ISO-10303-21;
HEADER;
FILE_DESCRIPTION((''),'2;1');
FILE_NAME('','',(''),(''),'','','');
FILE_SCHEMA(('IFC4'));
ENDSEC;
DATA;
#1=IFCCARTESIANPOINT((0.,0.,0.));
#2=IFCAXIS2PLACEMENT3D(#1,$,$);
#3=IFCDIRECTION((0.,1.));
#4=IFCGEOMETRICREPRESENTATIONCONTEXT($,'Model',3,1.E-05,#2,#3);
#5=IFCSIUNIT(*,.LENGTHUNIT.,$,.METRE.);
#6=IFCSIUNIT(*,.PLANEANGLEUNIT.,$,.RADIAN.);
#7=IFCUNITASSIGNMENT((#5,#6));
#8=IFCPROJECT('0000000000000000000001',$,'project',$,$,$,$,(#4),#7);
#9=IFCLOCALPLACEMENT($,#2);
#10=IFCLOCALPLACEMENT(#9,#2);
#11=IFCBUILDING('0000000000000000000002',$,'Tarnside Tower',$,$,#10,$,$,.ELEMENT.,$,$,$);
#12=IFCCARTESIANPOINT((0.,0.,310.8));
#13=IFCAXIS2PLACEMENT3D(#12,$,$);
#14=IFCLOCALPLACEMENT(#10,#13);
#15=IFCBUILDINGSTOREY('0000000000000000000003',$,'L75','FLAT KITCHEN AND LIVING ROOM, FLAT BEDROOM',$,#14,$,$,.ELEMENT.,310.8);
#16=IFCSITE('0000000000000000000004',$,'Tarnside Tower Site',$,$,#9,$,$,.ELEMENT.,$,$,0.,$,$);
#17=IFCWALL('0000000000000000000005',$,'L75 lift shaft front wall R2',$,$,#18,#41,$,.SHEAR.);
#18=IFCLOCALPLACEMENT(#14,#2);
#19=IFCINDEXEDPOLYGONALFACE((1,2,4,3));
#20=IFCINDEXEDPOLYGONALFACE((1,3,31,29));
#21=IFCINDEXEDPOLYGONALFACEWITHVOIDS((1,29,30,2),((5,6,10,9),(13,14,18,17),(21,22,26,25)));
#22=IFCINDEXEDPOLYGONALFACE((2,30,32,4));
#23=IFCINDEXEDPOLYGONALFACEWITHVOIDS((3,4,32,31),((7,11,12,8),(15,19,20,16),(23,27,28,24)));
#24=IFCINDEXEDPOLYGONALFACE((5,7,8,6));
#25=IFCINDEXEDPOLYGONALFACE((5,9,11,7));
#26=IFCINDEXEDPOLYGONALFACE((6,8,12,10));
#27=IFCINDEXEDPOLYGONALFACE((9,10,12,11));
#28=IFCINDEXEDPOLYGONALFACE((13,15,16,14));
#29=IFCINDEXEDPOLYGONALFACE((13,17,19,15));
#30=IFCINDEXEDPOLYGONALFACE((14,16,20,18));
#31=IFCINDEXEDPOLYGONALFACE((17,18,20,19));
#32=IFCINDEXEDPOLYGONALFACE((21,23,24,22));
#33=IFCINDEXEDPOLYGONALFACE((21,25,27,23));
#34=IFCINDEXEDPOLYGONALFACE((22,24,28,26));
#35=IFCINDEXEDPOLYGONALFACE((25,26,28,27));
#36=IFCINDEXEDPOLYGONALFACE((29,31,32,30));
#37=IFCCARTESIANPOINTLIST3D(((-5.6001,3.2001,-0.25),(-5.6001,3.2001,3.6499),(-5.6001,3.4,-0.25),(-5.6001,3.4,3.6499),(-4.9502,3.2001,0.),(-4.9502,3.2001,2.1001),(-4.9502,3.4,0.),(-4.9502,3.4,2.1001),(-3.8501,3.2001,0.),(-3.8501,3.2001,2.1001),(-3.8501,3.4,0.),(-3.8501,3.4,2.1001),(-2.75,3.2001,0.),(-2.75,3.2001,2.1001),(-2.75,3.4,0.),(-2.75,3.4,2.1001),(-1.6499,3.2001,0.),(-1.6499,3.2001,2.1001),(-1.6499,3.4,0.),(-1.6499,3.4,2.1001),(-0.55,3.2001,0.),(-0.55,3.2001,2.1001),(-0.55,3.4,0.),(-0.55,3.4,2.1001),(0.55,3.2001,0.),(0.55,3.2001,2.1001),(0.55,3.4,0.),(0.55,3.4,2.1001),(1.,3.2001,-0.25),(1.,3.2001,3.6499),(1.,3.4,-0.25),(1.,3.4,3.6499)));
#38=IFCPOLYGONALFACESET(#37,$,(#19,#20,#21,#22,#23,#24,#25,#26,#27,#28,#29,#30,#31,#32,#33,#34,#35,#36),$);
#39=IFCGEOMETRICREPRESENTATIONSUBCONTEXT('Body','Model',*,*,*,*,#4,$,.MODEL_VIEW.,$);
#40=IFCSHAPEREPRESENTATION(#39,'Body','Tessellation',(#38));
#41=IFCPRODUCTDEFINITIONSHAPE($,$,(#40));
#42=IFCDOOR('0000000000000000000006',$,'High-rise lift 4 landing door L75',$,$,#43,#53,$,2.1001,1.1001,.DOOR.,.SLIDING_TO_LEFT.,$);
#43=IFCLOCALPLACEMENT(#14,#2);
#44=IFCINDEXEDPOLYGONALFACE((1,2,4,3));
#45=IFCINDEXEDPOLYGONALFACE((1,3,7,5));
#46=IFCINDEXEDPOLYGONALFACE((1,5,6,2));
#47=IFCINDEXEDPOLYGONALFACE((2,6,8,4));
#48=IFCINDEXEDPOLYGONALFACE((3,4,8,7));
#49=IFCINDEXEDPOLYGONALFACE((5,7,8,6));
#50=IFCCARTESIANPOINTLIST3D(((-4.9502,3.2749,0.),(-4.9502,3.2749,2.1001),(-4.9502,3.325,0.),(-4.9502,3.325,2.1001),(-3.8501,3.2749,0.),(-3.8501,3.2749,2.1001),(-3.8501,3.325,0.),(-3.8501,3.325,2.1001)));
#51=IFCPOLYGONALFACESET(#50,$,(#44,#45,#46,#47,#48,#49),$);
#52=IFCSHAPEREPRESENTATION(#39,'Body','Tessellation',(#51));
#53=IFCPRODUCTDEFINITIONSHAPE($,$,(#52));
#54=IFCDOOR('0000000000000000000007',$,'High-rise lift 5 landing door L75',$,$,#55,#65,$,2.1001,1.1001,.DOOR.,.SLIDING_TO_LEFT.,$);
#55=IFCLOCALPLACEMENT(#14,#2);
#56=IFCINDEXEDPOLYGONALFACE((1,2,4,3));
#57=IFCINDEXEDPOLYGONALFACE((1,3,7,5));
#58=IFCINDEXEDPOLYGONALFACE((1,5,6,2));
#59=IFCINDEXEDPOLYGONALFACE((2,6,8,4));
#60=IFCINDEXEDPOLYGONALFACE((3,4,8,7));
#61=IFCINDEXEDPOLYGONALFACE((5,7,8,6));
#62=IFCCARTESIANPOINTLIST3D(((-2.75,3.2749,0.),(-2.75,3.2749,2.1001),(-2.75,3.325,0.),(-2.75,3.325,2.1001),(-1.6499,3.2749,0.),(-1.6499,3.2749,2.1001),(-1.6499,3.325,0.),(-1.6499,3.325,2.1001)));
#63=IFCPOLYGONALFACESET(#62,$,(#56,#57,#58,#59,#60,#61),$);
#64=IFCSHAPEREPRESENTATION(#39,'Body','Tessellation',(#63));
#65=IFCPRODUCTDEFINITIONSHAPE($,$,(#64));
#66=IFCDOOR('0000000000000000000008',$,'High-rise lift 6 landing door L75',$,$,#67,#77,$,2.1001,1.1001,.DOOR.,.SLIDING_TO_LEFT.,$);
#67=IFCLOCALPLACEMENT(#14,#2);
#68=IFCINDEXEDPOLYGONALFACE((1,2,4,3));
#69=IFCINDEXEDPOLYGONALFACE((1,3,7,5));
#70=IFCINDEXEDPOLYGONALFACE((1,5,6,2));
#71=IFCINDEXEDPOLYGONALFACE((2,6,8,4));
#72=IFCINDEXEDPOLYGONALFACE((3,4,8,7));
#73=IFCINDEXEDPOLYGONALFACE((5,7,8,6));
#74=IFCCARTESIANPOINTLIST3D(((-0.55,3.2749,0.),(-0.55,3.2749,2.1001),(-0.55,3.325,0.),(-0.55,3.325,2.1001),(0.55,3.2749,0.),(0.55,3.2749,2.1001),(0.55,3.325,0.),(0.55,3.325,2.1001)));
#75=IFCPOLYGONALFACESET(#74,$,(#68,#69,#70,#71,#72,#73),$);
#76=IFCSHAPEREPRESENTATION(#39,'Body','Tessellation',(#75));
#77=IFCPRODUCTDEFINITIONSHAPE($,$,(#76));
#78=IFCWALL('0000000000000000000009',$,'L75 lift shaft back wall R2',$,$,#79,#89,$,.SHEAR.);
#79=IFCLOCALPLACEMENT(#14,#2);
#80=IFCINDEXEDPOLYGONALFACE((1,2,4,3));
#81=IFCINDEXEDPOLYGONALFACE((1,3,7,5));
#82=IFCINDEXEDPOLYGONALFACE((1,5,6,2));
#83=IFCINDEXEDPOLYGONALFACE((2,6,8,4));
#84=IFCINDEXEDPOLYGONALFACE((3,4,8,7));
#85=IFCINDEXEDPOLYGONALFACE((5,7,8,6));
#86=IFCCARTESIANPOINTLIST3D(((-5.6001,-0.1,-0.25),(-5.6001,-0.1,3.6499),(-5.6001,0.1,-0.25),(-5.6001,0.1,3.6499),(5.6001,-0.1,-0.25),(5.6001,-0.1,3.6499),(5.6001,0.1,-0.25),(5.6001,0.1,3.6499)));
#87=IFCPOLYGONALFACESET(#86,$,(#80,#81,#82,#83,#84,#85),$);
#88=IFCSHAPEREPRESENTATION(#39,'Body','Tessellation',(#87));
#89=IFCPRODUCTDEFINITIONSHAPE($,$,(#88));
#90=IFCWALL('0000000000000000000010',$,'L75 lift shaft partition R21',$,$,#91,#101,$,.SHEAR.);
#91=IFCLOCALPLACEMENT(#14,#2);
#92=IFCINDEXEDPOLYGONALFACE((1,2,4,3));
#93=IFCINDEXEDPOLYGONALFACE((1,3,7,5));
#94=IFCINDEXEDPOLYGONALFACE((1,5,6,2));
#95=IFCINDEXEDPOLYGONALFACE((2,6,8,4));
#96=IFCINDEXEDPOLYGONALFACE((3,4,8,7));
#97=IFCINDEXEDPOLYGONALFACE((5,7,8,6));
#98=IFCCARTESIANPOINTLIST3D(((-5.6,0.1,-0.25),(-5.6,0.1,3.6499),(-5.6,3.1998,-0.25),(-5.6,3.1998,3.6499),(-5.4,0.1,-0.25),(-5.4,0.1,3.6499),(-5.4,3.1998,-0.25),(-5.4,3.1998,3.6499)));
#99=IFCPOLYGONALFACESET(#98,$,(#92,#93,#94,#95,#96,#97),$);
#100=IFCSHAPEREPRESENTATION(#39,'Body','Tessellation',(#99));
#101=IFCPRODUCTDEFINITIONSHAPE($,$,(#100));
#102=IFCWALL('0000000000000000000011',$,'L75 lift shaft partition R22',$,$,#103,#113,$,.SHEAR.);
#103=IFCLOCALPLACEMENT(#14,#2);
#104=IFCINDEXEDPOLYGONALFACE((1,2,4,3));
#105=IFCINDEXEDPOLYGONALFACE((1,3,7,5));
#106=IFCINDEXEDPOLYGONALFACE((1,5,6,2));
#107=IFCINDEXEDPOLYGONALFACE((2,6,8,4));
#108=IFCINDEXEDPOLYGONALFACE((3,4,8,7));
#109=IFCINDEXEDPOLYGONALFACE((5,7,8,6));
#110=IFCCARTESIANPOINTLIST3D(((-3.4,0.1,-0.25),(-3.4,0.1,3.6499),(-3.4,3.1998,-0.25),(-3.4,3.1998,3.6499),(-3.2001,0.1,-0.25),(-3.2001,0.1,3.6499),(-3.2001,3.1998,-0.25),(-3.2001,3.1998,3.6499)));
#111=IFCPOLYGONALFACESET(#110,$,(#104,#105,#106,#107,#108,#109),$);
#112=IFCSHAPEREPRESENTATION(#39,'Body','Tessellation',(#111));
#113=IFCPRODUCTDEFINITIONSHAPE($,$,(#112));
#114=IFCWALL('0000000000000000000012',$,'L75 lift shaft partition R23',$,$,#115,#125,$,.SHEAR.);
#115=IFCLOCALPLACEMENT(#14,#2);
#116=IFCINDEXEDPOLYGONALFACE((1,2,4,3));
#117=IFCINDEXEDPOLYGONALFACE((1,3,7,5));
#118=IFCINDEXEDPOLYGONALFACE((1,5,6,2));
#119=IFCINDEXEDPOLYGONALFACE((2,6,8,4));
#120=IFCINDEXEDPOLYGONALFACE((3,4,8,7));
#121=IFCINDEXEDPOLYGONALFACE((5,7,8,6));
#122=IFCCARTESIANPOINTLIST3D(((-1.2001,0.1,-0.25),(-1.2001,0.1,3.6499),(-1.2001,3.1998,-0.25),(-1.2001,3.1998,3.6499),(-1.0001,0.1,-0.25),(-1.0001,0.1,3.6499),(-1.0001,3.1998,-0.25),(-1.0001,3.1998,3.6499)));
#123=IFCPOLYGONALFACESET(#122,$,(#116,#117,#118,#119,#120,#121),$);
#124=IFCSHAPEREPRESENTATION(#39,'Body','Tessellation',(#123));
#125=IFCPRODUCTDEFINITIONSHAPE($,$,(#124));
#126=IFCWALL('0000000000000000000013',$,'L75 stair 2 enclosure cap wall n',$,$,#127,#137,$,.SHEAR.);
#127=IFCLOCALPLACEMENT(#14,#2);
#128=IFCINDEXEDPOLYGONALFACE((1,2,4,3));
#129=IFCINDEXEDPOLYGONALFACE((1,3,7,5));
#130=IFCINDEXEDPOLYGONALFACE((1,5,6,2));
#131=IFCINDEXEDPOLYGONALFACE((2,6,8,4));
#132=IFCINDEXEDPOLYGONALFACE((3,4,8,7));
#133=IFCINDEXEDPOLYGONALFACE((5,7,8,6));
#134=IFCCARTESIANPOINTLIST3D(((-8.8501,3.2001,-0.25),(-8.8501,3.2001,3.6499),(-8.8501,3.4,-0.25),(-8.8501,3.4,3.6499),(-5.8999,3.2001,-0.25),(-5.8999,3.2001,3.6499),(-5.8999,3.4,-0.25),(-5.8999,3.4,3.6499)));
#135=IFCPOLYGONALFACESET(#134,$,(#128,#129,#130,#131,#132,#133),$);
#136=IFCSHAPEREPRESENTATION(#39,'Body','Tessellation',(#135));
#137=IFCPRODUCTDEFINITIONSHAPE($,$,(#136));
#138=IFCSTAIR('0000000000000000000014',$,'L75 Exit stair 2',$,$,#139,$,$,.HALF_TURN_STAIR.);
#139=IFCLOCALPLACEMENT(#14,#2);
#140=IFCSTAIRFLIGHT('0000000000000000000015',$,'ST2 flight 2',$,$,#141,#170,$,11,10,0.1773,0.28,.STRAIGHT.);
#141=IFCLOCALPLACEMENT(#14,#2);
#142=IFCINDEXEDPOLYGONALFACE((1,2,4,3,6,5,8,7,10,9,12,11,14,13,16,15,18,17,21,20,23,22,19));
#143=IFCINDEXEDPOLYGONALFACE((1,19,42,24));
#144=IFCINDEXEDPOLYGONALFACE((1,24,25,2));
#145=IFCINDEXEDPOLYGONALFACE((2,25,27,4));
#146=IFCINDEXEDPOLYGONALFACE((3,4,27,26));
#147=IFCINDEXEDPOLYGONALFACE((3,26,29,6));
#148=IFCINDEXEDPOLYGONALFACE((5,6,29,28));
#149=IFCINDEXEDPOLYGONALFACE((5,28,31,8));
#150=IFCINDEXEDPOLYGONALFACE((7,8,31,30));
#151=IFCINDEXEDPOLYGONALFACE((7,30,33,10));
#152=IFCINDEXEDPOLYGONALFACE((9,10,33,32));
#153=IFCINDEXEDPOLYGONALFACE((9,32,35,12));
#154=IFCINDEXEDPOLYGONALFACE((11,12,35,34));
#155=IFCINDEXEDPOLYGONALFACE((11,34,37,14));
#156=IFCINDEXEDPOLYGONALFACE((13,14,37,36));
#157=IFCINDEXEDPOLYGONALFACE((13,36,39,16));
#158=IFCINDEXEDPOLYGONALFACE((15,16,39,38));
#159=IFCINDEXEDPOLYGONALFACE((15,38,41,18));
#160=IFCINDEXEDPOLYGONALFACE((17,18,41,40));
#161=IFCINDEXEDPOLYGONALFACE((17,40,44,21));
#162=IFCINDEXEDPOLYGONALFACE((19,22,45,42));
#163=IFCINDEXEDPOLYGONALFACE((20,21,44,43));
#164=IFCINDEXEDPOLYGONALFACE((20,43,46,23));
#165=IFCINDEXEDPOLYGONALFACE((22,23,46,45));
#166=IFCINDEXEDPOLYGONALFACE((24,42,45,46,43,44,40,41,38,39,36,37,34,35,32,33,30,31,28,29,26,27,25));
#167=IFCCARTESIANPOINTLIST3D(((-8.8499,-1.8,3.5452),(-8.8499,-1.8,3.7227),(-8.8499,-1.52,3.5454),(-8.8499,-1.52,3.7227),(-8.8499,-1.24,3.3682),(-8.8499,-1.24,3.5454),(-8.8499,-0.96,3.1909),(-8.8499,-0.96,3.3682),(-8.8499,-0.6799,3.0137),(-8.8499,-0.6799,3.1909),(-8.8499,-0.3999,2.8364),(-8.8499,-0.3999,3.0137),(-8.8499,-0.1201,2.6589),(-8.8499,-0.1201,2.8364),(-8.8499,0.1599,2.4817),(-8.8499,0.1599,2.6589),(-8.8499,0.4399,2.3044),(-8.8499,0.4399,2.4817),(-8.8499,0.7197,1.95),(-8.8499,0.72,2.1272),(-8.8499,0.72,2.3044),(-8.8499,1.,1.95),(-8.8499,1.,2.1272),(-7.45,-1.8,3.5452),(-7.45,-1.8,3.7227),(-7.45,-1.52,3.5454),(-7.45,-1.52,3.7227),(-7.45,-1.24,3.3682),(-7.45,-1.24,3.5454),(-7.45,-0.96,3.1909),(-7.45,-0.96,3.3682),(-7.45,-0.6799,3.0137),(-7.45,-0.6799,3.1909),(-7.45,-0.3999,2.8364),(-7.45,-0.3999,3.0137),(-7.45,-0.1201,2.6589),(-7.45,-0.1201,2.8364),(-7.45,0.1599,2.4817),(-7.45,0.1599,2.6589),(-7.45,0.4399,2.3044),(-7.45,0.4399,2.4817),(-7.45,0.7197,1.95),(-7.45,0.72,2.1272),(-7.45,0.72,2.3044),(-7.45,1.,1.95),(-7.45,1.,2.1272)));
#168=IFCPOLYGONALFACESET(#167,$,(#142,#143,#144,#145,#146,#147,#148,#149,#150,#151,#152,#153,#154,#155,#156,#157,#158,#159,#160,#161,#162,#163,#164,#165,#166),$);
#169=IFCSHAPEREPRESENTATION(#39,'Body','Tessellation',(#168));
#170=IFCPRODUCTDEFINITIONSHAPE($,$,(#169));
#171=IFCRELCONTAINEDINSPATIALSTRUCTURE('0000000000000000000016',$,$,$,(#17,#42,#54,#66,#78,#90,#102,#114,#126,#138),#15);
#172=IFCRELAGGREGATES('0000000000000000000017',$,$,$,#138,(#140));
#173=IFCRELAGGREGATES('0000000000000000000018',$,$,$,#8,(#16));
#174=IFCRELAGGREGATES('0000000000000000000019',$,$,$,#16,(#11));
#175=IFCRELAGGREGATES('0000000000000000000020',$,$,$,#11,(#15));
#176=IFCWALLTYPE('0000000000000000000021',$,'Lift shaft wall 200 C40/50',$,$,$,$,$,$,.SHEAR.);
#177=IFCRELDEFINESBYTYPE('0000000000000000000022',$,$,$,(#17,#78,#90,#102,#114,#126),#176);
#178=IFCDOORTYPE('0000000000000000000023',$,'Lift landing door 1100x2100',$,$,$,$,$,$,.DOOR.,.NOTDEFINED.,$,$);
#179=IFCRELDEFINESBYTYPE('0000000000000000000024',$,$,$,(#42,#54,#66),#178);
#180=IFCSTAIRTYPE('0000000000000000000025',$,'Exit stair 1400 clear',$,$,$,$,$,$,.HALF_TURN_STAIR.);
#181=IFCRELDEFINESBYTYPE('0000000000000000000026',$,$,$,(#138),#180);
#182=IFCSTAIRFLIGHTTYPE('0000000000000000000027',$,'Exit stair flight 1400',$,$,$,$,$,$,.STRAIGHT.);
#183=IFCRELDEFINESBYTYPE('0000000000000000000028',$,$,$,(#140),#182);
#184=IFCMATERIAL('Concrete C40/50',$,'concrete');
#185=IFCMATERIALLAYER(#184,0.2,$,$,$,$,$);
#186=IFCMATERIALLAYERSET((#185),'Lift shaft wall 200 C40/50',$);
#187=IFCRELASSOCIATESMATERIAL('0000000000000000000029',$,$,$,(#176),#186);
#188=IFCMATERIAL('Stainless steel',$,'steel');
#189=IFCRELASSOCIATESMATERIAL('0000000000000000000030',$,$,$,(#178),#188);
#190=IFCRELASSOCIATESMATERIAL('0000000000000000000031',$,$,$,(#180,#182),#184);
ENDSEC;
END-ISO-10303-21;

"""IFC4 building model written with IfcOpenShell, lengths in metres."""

from ifc_helpers import new_model, si_unit, direction, frame, frame_2d, origin, place, context, subcontext, project, spatial, polyline, rectangle, outline, extrude, material, layer, layer_set, type_object, element, fill, aggregate, save


model = new_model("IFC4")

# Units and contexts
model_context = context("Model", 3, precision=1e-05, world=origin(), true_north=direction((0.0, 1.0)))
body_context = subcontext(model_context, "Body", "Model", "MODEL_VIEW")
ifc_project = project(units=[si_unit("LENGTHUNIT", "METRE"), si_unit("PLANEANGLEUNIT", "RADIAN")], contexts=[model_context])

# Site, building, storey
site_placement = place(None, origin())
site = spatial("IfcSite", under=ifc_project, at=site_placement, Name="Tarnside Tower Site", CompositionType="ELEMENT", RefElevation=0.0)
building_placement = place(site_placement, origin())
building = spatial("IfcBuilding", under=site, at=building_placement, Name="Tarnside Tower", CompositionType="ELEMENT")
storey_placement = place(building_placement, frame((0.0, 0.0, 310.8)))
storey = spatial("IfcBuildingStorey", under=building, at=storey_placement, Name="L75", Description="FLAT KITCHEN AND LIVING ROOM, FLAT BEDROOM", CompositionType="ELEMENT", Elevation=310.8)

# Shared definitions
ifc_material_1 = material(Name="Concrete C40/50", Category="concrete")
ifc_layer_1 = layer(ifc_material_1, 0.2)
ifc_layer_set_1 = layer_set([ifc_layer_1], Name="Lift shaft wall 200 C40/50")
wall_type_1 = type_object("IfcWallType", Name="Lift shaft wall 200 C40/50", PredefinedType="SHEAR", material=ifc_layer_set_1)
ifc_material_2 = material(Name="Stainless steel", Category="steel")
door_type_1 = type_object("IfcDoorType", Name="Lift landing door 1100x2100", OperationType="NOTDEFINED", PredefinedType="DOOR", material=ifc_material_2)

# Wall, openings, doors
wall_1_placement = place(storey_placement, frame((-5.6001, 3.3, -0.25), z_axis=(0.0, 0.0, 1.0), x_axis=(1.0, 0.0, 0.0)))
wall_1 = element("IfcWall", 1, at=wall_1_placement, inside=storey, type_object=wall_type_1, Name="L75 lift shaft front wall R2", PredefinedType="SHEAR", context=body_context, shape_type="SweptSolid", body=[
    extrude(rectangle(XDim=6.6001, YDim=0.2, at=frame_2d((3.3, 0.0))), origin(), (0.0, 0.0, 1.0), 3.8999),
])
opening_1_placement = place(wall_1_placement, frame((0.6499, 0.0, 0.25)))
opening_1 = element("IfcOpeningElement", 2, at=opening_1_placement, cuts=wall_1, PredefinedType="OPENING", context=body_context, shape_type="SweptSolid", body=[
    extrude(rectangle(XDim=1.1001, YDim=2.1001, at=frame_2d((0.55, 1.05))), frame((0.0, 0.1099, 0.0), z_axis=(0.0, -1.0, 0.0), x_axis=(1.0, 0.0, 0.0)), (0.0, 0.0, 1.0), 0.22),
])
opening_2_placement = place(wall_1_placement, frame((2.8501, 0.0, 0.25)))
opening_2 = element("IfcOpeningElement", 3, at=opening_2_placement, cuts=wall_1, PredefinedType="OPENING", context=body_context, shape_type="SweptSolid", body=[
    extrude(rectangle(XDim=1.1001, YDim=2.1001, at=frame_2d((0.55, 1.05))), frame((0.0, 0.1099, 0.0), z_axis=(0.0, -1.0, 0.0), x_axis=(1.0, 0.0, 0.0)), (0.0, 0.0, 1.0), 0.22),
])
opening_3_placement = place(wall_1_placement, frame((5.05, 0.0, 0.25)))
opening_3 = element("IfcOpeningElement", 4, at=opening_3_placement, cuts=wall_1, PredefinedType="OPENING", context=body_context, shape_type="SweptSolid", body=[
    extrude(rectangle(XDim=1.1001, YDim=2.1001, at=frame_2d((0.55, 1.05))), frame((0.0, 0.1099, 0.0), z_axis=(0.0, -1.0, 0.0), x_axis=(1.0, 0.0, 0.0)), (0.0, 0.0, 1.0), 0.22),
])
door_1_placement = place(opening_1_placement, origin())
door_1 = element("IfcDoor", 5, at=door_1_placement, inside=storey, type_object=door_type_1, Name="High-rise lift 4 landing door L75", OperationType="SLIDING_TO_LEFT", OverallHeight=2.1001, OverallWidth=1.1001, PredefinedType="DOOR", context=body_context, shape_type="SweptSolid", body=[
    extrude(rectangle(XDim=1.1001, YDim=2.1001, at=frame_2d((0.55, 1.05))), frame((0.0, 0.0249, 0.0), z_axis=(0.0, -1.0, 0.0), x_axis=(1.0, 0.0, 0.0)), (0.0, 0.0, 1.0), 0.05),
])
fill(opening_1, door_1)
door_2_placement = place(opening_2_placement, origin())
door_2 = element("IfcDoor", 6, at=door_2_placement, inside=storey, type_object=door_type_1, Name="High-rise lift 5 landing door L75", OperationType="SLIDING_TO_LEFT", OverallHeight=2.1001, OverallWidth=1.1001, PredefinedType="DOOR", context=body_context, shape_type="SweptSolid", body=[
    extrude(rectangle(XDim=1.1001, YDim=2.1001, at=frame_2d((0.55, 1.05))), frame((0.0, 0.0249, 0.0), z_axis=(0.0, -1.0, 0.0), x_axis=(1.0, 0.0, 0.0)), (0.0, 0.0, 1.0), 0.05),
])
fill(opening_2, door_2)
door_3_placement = place(opening_3_placement, origin())
door_3 = element("IfcDoor", 7, at=door_3_placement, inside=storey, type_object=door_type_1, Name="High-rise lift 6 landing door L75", OperationType="SLIDING_TO_LEFT", OverallHeight=2.1001, OverallWidth=1.1001, PredefinedType="DOOR", context=body_context, shape_type="SweptSolid", body=[
    extrude(rectangle(XDim=1.1001, YDim=2.1001, at=frame_2d((0.55, 1.05))), frame((0.0, 0.0249, 0.0), z_axis=(0.0, -1.0, 0.0), x_axis=(1.0, 0.0, 0.0)), (0.0, 0.0, 1.0), 0.05),
])
fill(opening_3, door_3)

# Walls
wall_2_placement = place(storey_placement, frame((-5.6001, 0.0, -0.25), z_axis=(0.0, 0.0, 1.0), x_axis=(1.0, 0.0, 0.0)))
element("IfcWall", 8, at=wall_2_placement, inside=storey, type_object=wall_type_1, Name="L75 lift shaft back wall R2", PredefinedType="SHEAR", context=body_context, shape_type="SweptSolid", body=[
    extrude(rectangle(XDim=11.2002, YDim=0.2, at=frame_2d((5.6001, 0.0))), origin(), (0.0, 0.0, 1.0), 3.8999),
])
for number, where, z_axis, x_axis, name in (
    (9, (-5.5, 0.1001, -0.25), (0.0, 0.0, 1.0), (0.0, 1.0, 0.0), "L75 lift shaft partition R21"),
    (10, (-3.3, 0.1001, -0.25), (0.0, 0.0, 1.0), (0.0, 1.0, 0.0), "L75 lift shaft partition R22"),
    (11, (-1.1001, 0.1001, -0.25), (0.0, 0.0, 1.0), (0.0, 1.0, 0.0), "L75 lift shaft partition R23"),
):
    element("IfcWall", number, at=place(storey_placement, frame(where, z_axis=z_axis, x_axis=x_axis)), inside=storey, type_object=wall_type_1, Name=name, PredefinedType="SHEAR", context=body_context, shape_type="SweptSolid", body=[
        extrude(rectangle(XDim=3.0999, YDim=0.2, at=frame_2d((1.5498, 0.0))), origin(), (0.0, 0.0, 1.0), 3.8999),
    ])
wall_3_placement = place(storey_placement, frame((-8.8501, 3.3, -0.25), z_axis=(0.0, 0.0, 1.0), x_axis=(1.0, 0.0, 0.0)))
element("IfcWall", 12, at=wall_3_placement, inside=storey, type_object=wall_type_1, Name="L75 stair 2 enclosure cap wall n", PredefinedType="SHEAR", context=body_context, shape_type="SweptSolid", body=[
    extrude(rectangle(XDim=2.9502, YDim=0.2, at=frame_2d((1.4751, 0.0))), origin(), (0.0, 0.0, 1.0), 3.8999),
])

# Stair, stair flight
stair_type = type_object("IfcStairType", Name="Exit stair 1400 clear", PredefinedType="HALF_TURN_STAIR", material=ifc_material_1)
stair_placement = place(storey_placement, origin())
stair = element("IfcStair", 13, at=stair_placement, inside=storey, type_object=stair_type, Name="L75 Exit stair 2", PredefinedType="HALF_TURN_STAIR")
stair_flight_type = type_object("IfcStairFlightType", Name="Exit stair flight 1400", PredefinedType="STRAIGHT", material=ifc_material_1)
stair_flight_placement = place(storey_placement, frame((-8.1499, 1.0, 1.95), z_axis=(0.0, 0.0, 1.0), x_axis=(0.0, -1.0, 0.0)))
stair_flight = element("IfcStairFlight", 14, at=stair_flight_placement, type_object=stair_flight_type, Name="ST2 flight 2", NumberOfRisers=11, NumberOfTreads=10, PredefinedType="STRAIGHT", RiserHeight=0.1773, TreadLength=0.28, context=body_context, shape_type="SweptSolid", body=[
    extrude(outline(polyline([(0.0, 0.0), (0.0, 0.1772), (0.28, 0.1772), (0.28, 0.3545), (0.5601, 0.3545), (0.5601, 0.5317), (0.8401, 0.5317), (0.8401, 0.709), (1.1201, 0.709), (1.1201, 0.8865), (1.3999, 0.8865), (1.3999, 1.0637), (1.6799, 1.0637), (1.6799, 1.241), (1.96, 1.241), (1.96, 1.4182), (2.24, 1.4182), (2.24, 1.5955), (2.52, 1.5955), (2.52, 1.7727), (2.8, 1.7727), (2.8, 1.95), (2.8, 1.5952), (0.2803, 0.0), (0.0, 0.0)])), frame((0.0, 0.7, 0.0), z_axis=(0.0, -1.0, 0.0), x_axis=(1.0, 0.0, 0.0)), (0.0, 0.0, 1.0), 1.3999),
])
aggregate(stair, [stair_flight])

save(model, "model.ifc")
